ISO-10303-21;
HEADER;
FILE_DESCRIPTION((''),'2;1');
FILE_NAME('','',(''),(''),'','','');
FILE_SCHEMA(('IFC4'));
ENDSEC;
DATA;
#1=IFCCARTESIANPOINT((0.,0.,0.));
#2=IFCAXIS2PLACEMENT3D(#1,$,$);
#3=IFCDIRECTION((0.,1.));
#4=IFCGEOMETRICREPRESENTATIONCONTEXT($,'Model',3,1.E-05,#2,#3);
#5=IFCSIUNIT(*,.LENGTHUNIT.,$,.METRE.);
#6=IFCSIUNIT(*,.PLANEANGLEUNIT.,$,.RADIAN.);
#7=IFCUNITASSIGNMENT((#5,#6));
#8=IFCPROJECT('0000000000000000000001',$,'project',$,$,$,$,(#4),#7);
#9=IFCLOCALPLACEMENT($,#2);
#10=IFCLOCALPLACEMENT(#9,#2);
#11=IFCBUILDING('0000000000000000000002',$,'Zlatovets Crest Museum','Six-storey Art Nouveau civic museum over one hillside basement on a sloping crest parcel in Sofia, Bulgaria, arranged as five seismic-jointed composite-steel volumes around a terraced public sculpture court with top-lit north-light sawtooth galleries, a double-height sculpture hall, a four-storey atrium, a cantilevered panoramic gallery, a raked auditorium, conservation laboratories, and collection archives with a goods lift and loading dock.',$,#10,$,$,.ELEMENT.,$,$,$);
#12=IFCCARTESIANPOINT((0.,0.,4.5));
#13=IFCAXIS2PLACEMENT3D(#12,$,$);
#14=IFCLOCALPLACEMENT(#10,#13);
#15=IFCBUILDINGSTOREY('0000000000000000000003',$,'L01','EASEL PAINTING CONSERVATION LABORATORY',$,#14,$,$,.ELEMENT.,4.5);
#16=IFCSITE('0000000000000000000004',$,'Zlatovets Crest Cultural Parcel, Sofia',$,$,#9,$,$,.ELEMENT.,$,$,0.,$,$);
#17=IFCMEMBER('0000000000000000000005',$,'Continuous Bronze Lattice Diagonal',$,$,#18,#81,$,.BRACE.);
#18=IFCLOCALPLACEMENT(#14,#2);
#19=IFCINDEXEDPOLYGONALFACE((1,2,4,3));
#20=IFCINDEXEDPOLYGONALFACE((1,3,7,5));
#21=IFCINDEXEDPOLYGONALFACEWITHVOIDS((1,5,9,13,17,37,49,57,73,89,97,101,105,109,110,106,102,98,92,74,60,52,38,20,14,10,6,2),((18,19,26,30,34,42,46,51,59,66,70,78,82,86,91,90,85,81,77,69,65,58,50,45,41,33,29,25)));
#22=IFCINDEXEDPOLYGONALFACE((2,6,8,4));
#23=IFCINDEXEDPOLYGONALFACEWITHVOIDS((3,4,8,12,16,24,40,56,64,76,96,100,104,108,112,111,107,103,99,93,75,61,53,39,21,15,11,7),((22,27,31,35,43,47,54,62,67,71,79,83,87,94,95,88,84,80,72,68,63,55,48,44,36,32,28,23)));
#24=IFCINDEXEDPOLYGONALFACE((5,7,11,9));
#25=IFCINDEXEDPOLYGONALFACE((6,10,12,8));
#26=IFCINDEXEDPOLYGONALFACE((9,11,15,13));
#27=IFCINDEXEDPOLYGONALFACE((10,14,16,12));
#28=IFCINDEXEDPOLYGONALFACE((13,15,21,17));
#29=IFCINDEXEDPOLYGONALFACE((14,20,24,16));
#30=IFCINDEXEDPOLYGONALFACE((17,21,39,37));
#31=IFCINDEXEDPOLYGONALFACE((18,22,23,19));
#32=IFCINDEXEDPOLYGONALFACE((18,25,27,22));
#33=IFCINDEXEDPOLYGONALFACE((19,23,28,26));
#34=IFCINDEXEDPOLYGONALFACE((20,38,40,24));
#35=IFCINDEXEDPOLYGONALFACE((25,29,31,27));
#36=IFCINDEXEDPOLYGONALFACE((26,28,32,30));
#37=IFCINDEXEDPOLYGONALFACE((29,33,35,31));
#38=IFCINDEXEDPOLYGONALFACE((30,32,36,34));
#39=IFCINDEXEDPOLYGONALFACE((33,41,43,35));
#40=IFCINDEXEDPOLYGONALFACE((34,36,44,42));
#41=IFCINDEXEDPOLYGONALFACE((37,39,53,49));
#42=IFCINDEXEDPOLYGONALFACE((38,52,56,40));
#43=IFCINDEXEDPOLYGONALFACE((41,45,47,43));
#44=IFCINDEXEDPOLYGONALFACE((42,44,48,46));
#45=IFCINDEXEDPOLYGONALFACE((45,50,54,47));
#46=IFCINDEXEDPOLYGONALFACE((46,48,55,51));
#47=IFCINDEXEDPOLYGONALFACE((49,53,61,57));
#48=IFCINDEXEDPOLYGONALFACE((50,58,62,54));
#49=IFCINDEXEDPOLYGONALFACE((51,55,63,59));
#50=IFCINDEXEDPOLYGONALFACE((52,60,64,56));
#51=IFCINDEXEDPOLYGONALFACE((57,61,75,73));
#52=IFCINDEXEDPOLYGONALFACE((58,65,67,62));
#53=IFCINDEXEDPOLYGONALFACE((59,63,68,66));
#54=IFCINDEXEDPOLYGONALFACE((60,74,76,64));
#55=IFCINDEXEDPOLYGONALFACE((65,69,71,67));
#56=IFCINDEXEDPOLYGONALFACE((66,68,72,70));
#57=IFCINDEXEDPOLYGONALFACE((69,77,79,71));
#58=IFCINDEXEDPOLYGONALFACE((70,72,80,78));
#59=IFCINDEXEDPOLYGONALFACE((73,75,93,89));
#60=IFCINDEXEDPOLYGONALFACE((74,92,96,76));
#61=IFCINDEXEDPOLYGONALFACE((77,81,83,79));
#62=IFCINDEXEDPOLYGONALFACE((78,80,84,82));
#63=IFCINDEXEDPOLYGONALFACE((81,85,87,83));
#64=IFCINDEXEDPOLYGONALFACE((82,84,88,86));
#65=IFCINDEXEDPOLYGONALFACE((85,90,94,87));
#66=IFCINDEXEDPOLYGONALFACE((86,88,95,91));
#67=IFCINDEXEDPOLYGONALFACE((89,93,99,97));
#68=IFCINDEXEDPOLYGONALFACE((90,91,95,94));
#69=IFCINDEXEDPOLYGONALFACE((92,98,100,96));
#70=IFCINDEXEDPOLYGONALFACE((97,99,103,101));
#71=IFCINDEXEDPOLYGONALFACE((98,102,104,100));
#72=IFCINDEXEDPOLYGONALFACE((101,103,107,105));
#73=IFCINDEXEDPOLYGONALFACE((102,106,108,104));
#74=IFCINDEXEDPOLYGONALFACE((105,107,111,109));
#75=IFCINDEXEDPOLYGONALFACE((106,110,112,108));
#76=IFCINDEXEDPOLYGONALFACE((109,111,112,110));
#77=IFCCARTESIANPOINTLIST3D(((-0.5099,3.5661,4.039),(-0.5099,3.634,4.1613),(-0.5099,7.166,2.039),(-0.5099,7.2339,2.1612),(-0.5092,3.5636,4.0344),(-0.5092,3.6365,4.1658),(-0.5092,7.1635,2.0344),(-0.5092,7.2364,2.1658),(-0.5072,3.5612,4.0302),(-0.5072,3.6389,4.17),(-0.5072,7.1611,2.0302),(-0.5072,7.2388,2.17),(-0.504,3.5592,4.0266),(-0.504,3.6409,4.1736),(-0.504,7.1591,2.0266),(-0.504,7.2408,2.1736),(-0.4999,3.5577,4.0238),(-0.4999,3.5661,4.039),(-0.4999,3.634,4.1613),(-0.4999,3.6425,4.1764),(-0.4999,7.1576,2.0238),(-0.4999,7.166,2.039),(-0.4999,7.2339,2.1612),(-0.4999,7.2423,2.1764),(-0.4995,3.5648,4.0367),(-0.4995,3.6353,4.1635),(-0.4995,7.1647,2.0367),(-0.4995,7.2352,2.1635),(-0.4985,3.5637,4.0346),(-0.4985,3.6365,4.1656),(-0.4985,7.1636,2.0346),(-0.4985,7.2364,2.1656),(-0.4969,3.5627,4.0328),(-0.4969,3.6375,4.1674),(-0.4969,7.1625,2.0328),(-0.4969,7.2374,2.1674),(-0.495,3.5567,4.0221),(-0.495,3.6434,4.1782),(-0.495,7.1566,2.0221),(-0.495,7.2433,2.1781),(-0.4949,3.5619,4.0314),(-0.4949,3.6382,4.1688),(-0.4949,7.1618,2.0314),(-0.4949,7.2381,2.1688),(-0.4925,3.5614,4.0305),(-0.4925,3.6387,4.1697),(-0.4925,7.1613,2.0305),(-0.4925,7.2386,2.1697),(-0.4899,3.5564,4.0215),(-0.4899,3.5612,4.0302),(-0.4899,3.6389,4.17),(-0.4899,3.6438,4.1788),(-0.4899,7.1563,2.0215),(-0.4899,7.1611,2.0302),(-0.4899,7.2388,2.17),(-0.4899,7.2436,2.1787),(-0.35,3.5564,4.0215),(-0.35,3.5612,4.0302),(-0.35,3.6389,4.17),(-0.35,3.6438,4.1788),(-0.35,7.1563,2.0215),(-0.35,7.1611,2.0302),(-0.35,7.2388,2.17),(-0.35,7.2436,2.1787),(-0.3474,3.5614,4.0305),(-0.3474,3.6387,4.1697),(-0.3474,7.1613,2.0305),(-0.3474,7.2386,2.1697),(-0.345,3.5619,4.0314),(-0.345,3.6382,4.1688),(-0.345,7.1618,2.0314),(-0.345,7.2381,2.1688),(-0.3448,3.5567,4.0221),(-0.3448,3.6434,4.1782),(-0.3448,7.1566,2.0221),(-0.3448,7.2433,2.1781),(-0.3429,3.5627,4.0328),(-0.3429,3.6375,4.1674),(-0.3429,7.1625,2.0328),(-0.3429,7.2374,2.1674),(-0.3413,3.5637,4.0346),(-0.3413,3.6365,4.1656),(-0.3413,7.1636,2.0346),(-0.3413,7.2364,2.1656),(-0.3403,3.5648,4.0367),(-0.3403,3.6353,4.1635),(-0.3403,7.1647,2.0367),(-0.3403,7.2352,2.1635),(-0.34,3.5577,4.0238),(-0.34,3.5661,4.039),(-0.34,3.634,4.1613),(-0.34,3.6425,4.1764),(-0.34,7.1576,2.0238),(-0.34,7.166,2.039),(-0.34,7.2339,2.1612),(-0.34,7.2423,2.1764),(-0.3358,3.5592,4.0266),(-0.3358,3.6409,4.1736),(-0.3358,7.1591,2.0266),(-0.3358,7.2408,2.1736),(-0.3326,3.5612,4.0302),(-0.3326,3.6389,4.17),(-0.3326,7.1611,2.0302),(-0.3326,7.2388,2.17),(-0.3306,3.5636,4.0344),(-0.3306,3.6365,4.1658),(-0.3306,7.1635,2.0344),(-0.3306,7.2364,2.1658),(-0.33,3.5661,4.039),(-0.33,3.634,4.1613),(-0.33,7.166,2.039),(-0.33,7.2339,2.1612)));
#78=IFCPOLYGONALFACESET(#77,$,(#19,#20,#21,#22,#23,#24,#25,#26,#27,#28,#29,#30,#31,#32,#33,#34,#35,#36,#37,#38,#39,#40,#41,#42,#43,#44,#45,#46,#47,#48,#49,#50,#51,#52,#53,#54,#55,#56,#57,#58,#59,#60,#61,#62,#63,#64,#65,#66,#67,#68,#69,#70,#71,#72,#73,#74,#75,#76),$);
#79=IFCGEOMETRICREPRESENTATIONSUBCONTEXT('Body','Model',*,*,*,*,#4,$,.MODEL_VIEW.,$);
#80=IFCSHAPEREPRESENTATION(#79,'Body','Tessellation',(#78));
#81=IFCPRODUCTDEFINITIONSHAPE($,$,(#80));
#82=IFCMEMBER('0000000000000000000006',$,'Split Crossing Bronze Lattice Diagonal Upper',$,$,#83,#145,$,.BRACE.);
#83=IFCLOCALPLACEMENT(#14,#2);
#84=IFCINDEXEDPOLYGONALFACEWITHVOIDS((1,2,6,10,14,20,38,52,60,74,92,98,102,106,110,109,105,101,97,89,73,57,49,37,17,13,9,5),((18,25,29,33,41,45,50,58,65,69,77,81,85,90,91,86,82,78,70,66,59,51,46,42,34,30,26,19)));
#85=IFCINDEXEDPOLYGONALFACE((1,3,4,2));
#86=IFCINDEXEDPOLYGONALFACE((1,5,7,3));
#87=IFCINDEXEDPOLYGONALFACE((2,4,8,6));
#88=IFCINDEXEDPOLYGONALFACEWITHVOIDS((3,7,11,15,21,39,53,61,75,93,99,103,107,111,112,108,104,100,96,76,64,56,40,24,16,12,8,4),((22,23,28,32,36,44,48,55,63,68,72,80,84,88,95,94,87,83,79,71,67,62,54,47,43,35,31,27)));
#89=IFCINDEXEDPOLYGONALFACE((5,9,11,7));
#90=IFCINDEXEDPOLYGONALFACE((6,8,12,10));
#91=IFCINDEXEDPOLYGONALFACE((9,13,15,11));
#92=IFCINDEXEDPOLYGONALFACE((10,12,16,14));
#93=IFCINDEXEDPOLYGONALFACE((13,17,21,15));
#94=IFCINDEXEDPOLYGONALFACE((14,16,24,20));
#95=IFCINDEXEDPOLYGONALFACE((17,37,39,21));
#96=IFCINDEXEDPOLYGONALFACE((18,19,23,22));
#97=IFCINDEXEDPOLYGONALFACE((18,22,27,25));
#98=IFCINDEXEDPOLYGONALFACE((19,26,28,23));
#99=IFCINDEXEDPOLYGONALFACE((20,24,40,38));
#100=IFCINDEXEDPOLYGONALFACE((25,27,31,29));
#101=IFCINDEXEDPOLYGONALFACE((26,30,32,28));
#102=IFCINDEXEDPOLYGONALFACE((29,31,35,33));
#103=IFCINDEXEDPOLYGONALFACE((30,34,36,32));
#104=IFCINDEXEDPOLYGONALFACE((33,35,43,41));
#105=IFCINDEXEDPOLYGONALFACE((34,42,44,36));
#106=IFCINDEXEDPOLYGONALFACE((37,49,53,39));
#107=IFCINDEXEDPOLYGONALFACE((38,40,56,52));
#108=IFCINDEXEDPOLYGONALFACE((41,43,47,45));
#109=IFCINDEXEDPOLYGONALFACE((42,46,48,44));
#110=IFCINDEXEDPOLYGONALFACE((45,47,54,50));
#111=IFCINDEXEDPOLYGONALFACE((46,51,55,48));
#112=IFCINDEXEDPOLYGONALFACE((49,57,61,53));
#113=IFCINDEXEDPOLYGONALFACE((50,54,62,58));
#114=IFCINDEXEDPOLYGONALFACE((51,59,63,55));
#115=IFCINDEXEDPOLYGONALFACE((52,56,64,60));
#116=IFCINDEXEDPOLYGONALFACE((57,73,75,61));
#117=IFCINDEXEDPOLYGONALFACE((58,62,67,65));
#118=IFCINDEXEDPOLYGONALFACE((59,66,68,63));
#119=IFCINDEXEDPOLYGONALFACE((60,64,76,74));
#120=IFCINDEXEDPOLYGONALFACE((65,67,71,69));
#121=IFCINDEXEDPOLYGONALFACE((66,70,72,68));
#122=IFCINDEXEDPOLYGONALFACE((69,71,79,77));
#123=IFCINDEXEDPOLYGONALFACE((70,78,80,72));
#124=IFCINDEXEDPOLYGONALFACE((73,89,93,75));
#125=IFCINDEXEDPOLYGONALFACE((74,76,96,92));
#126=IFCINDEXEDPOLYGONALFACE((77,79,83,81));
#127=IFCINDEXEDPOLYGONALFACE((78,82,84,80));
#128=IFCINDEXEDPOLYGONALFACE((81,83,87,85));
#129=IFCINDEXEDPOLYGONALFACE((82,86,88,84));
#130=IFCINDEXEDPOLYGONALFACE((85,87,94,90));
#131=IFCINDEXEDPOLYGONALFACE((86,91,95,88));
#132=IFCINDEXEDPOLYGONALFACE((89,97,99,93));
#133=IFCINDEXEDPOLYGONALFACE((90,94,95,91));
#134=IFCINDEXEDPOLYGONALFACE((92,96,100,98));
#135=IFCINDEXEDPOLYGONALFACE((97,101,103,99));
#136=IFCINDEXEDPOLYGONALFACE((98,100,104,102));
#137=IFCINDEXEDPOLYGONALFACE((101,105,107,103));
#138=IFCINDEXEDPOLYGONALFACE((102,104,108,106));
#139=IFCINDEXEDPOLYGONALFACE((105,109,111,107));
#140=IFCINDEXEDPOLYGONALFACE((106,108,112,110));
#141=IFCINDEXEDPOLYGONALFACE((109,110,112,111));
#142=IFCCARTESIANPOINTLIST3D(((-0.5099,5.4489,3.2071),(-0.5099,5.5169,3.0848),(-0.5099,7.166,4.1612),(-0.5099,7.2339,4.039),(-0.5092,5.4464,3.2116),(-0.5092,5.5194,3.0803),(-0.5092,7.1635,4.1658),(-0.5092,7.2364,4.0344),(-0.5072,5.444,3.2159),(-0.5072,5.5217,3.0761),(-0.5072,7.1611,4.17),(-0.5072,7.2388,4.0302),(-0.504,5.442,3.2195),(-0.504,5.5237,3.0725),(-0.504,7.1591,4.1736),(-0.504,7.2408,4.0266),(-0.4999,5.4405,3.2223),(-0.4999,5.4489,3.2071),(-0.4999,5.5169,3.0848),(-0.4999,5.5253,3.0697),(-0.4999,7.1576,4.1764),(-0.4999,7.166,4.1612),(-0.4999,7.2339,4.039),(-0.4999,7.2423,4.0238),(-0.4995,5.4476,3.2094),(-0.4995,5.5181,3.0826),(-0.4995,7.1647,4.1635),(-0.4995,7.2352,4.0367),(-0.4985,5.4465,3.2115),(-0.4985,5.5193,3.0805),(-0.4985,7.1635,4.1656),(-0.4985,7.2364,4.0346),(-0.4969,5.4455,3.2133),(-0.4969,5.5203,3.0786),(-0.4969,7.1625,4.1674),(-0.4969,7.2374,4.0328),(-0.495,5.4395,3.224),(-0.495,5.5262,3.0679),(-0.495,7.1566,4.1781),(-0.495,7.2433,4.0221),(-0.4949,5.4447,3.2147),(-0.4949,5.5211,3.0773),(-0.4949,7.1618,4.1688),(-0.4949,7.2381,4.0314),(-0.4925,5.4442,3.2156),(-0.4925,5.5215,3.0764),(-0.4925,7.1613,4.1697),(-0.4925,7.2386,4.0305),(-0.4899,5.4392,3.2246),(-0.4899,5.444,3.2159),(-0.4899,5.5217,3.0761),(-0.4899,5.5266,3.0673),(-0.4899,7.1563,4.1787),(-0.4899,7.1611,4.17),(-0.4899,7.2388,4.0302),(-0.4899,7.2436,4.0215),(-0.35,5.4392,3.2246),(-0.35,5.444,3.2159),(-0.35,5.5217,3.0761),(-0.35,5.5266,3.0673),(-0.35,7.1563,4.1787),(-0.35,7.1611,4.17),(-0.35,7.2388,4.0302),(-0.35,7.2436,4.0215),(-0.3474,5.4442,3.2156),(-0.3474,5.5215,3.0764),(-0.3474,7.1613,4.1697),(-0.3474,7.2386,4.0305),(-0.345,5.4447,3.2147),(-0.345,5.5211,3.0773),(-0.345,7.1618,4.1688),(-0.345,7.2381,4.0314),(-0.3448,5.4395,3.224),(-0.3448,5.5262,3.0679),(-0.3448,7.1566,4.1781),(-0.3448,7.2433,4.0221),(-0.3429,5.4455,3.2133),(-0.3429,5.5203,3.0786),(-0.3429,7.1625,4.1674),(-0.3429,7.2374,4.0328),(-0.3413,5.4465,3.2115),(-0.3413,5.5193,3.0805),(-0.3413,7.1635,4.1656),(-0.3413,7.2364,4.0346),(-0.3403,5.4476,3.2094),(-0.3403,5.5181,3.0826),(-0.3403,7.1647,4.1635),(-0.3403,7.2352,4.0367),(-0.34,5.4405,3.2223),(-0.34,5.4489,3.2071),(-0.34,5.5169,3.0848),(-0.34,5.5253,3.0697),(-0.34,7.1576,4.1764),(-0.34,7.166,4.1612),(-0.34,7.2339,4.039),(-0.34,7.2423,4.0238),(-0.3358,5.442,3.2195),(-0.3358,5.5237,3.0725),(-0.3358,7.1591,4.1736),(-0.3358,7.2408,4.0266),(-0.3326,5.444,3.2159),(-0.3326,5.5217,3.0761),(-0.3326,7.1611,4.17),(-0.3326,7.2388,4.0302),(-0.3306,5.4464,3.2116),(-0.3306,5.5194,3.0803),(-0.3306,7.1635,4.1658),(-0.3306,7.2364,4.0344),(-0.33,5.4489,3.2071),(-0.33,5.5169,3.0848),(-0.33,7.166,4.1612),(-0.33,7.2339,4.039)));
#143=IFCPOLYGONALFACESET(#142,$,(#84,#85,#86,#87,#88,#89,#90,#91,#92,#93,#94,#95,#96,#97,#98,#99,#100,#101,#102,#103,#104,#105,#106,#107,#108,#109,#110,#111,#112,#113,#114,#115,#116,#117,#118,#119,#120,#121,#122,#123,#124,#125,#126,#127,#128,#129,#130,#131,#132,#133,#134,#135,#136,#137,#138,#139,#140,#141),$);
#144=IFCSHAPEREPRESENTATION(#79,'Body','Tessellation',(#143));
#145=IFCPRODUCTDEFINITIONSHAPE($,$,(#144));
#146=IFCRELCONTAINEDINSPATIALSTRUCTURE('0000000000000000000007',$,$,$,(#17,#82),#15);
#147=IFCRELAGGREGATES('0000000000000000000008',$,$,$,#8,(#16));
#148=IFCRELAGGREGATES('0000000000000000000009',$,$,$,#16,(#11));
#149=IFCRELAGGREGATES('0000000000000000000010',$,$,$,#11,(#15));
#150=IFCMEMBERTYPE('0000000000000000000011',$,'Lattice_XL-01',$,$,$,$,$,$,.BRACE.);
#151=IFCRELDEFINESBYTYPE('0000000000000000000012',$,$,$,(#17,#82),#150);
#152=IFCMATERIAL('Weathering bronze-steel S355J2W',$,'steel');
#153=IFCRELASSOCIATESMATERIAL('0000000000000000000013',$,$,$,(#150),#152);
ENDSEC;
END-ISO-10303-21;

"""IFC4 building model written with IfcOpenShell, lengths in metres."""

from ifc_helpers import new_model, si_unit, direction, frame, origin, origin_2d, place, context, subcontext, project, spatial, hollow_rectangle, extrude, material, material_profile, profile_set, type_object, element, save


model = new_model("IFC4")

# Units and contexts
model_context = context("Model", 3, precision=1e-05, world=origin(), true_north=direction((0.0, 1.0)))
body_context = subcontext(model_context, "Body", "Model", "MODEL_VIEW")
ifc_project = project(units=[si_unit("LENGTHUNIT", "METRE"), si_unit("PLANEANGLEUNIT", "RADIAN")], contexts=[model_context])

# Site, building, storey
site_placement = place(None, origin())
site = spatial("IfcSite", under=ifc_project, at=site_placement, Name="Zlatovets Crest Cultural Parcel, Sofia", CompositionType="ELEMENT", RefElevation=0.0)
building_placement = place(site_placement, origin())
building = spatial("IfcBuilding", under=site, at=building_placement, Name="Zlatovets Crest Museum", Description="Six-storey Art Nouveau civic museum over one hillside basement on a sloping crest parcel in Sofia, Bulgaria, arranged as five seismic-jointed composite-steel volumes around a terraced public sculpture court with top-lit north-light sawtooth galleries, a double-height sculpture hall, a four-storey atrium, a cantilevered panoramic gallery, a raked auditorium, conservation laboratories, and collection archives with a goods lift and loading dock.", CompositionType="ELEMENT")
storey_placement = place(building_placement, frame((0.0, 0.0, 4.5)))
storey = spatial("IfcBuildingStorey", under=building, at=storey_placement, Name="L01", Description="EASEL PAINTING CONSERVATION LABORATORY", CompositionType="ELEMENT", Elevation=4.5)

# Members
ifc_material_1 = material(Name="Weathering bronze-steel S355J2W", Category="steel")
ifc_material_profile_1 = material_profile(ifc_material_1, hollow_rectangle(XDim=0.1799, YDim=0.1799, WallThickness=0.01, InnerFilletRadius=0.01, OuterFilletRadius=0.02, at=origin_2d()), Name="SHS 180x180x10.0")
ifc_profile_set_1 = profile_set([ifc_material_profile_1], Name="Weathering bronze-steel S355J2W")
member_type_1 = type_object("IfcMemberType", Name="Lattice_XL-01", PredefinedType="BRACE", material=ifc_profile_set_1)
member_1_placement = place(storey_placement, frame((-0.4199, 7.2, 2.1001), z_axis=(0.0, -0.874149, 0.485658), x_axis=(1.0, 0.0, 0.0)))
element("IfcMember", 1, at=member_1_placement, inside=storey, type_object=member_type_1, Name="Continuous Bronze Lattice Diagonal", PredefinedType="BRACE", context=body_context, shape_type="SweptSolid", body=[
    extrude(hollow_rectangle(XDim=0.1799, YDim=0.1799, WallThickness=0.01, InnerFilletRadius=0.01, OuterFilletRadius=0.02, at=origin_2d()), origin(), (0.0, 0.0, 1.0), 4.1182),
])
member_2_placement = place(storey_placement, frame((-0.4199, 7.2, 4.1001), z_axis=(0.0, -0.874116, -0.485717), x_axis=(1.0, 0.0, 0.0)))
element("IfcMember", 2, at=member_2_placement, inside=storey, type_object=member_type_1, Name="Split Crossing Bronze Lattice Diagonal Upper", PredefinedType="BRACE", context=body_context, shape_type="SweptSolid", body=[
    extrude(hollow_rectangle(XDim=0.1799, YDim=0.1799, WallThickness=0.01, InnerFilletRadius=0.01, OuterFilletRadius=0.02, at=origin_2d()), origin(), (0.0, 0.0, 1.0), 1.9644),
])

save(model, "model.ifc")
